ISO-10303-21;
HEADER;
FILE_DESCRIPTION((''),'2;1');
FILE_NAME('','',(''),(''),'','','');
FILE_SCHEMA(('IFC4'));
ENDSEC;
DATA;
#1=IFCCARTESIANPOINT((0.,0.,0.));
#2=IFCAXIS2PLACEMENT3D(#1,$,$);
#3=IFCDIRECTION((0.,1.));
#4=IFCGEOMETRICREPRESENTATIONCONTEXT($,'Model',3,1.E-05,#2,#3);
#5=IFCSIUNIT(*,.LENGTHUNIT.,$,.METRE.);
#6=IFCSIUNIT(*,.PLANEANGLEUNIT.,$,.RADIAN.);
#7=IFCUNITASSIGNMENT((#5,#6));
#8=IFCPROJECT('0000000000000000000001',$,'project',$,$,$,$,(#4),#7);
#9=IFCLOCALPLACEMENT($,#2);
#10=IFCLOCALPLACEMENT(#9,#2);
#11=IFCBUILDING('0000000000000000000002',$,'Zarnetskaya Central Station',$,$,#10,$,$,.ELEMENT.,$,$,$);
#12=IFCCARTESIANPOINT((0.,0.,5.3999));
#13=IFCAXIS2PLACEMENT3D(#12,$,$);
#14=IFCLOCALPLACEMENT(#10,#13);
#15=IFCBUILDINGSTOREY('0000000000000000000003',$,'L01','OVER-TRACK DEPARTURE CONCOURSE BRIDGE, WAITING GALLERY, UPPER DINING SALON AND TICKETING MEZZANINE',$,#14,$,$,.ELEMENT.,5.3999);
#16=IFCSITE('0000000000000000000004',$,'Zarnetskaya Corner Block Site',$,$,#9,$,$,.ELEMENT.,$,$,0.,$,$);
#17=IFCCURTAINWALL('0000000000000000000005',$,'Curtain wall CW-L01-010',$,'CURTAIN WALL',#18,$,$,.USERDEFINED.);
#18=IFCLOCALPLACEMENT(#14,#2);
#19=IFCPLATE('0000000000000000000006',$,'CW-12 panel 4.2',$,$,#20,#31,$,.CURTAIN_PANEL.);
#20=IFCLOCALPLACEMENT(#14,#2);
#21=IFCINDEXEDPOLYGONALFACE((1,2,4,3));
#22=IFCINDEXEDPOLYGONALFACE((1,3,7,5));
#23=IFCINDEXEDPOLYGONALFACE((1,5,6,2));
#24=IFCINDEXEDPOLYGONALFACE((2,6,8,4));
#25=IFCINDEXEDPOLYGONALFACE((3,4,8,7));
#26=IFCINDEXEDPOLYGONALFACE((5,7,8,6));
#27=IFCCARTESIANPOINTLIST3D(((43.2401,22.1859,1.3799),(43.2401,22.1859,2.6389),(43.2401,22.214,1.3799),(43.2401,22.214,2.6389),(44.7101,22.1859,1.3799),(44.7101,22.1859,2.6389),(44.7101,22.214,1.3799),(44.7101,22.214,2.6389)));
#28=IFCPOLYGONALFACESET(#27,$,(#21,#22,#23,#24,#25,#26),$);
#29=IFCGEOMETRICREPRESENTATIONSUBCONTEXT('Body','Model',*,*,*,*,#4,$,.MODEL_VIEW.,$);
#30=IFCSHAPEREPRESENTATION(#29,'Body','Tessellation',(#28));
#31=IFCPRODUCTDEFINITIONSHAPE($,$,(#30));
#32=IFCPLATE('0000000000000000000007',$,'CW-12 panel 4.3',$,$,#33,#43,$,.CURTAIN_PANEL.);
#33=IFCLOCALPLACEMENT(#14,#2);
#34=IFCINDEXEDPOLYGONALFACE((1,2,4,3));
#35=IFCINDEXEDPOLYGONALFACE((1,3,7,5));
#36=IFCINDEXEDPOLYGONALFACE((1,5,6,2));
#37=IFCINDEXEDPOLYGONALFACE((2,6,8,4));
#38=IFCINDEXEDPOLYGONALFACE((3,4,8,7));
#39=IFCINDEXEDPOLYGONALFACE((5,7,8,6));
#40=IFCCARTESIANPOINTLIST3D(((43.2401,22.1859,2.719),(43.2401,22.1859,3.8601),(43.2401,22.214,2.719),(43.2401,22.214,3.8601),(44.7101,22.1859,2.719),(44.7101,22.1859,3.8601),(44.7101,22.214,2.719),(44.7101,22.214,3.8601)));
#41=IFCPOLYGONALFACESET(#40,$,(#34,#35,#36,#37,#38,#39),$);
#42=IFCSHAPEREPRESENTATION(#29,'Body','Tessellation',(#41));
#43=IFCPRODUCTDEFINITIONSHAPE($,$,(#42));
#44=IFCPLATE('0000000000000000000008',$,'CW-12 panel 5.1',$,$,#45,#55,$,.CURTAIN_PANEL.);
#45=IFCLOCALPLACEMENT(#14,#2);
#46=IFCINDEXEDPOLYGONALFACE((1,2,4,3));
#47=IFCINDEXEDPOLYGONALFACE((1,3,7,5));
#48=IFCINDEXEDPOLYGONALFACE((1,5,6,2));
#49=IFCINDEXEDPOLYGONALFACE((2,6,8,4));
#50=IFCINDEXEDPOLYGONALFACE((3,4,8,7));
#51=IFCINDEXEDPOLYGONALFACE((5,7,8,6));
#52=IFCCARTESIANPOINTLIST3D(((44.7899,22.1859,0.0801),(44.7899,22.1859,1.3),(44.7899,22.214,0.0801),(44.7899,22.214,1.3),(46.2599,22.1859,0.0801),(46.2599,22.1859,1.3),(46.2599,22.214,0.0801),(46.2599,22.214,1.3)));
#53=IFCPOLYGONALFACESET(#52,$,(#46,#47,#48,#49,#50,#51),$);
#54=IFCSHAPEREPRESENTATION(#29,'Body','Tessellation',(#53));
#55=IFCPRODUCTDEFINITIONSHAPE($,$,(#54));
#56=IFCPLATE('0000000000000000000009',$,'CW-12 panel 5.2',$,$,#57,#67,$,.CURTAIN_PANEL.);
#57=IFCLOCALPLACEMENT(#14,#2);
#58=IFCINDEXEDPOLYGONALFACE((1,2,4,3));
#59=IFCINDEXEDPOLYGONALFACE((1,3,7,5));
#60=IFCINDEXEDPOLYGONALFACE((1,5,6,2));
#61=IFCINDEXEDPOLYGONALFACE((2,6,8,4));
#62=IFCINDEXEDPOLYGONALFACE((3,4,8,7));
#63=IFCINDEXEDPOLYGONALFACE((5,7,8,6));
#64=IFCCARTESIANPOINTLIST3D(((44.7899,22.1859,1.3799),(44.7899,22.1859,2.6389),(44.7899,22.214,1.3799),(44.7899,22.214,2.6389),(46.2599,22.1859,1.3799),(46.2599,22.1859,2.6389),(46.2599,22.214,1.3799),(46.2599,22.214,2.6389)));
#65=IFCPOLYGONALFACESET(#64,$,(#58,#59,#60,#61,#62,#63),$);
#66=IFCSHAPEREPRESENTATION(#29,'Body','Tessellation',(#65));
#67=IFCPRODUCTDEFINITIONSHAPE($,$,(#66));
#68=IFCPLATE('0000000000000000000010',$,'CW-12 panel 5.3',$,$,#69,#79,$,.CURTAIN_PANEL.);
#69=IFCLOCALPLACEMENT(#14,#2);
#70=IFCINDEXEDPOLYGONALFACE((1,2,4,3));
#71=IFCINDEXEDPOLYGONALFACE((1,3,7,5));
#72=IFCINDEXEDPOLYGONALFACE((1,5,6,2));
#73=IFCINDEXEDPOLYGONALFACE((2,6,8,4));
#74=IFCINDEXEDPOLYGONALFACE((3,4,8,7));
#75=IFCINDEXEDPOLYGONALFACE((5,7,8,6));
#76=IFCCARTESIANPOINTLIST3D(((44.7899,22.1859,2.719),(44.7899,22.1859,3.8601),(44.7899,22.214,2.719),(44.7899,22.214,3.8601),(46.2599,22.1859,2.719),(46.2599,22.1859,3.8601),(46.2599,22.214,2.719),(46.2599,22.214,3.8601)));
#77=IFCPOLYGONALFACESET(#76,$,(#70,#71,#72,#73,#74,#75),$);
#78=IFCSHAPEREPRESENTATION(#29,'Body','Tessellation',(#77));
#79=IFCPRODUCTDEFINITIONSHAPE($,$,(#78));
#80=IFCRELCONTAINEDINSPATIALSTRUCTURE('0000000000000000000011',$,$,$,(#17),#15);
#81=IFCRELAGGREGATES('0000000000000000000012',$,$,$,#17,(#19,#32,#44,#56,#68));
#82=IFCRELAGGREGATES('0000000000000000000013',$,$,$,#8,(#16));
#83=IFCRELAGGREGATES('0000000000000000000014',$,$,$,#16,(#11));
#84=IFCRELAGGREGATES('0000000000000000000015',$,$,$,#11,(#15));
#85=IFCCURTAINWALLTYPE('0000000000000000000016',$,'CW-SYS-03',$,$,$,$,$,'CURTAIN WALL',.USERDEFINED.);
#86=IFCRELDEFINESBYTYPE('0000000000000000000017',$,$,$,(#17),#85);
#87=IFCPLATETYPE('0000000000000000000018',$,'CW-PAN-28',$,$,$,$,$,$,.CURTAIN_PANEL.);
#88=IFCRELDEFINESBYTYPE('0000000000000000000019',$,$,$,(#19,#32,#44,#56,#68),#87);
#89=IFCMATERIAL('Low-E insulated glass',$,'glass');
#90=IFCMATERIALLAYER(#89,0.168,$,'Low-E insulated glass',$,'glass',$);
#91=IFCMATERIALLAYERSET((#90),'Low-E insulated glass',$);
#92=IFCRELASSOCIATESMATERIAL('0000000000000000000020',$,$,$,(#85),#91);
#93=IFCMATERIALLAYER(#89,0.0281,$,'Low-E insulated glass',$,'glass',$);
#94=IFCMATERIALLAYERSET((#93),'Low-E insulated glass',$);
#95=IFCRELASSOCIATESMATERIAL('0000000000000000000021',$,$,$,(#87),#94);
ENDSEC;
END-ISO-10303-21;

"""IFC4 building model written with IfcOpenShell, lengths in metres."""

from ifc_helpers import new_model, si_unit, direction, frame, origin, origin_2d, place, context, subcontext, project, spatial, rectangle, extrude, material, layer, layer_set, type_object, element, aggregate, save


model = new_model("IFC4")

# Units and contexts
model_context = context("Model", 3, precision=1e-05, world=origin(), true_north=direction((0.0, 1.0)))
body_context = subcontext(model_context, "Body", "Model", "MODEL_VIEW")
ifc_project = project(units=[si_unit("LENGTHUNIT", "METRE"), si_unit("PLANEANGLEUNIT", "RADIAN")], contexts=[model_context])

# Site, building, storey
site_placement = place(None, origin())
site = spatial("IfcSite", under=ifc_project, at=site_placement, Name="Zarnetskaya Corner Block Site", CompositionType="ELEMENT", RefElevation=0.0)
building_placement = place(site_placement, origin())
building = spatial("IfcBuilding", under=site, at=building_placement, Name="Zarnetskaya Central Station", CompositionType="ELEMENT")
storey_placement = place(building_placement, frame((0.0, 0.0, 5.3999)))
storey = spatial("IfcBuildingStorey", under=building, at=storey_placement, Name="L01", Description="OVER-TRACK DEPARTURE CONCOURSE BRIDGE, WAITING GALLERY, UPPER DINING SALON AND TICKETING MEZZANINE", CompositionType="ELEMENT", Elevation=5.3999)

# Curtain wall, plates
ifc_material_1 = material(Name="Low-E insulated glass", Category="glass")
ifc_layer_1 = layer(ifc_material_1, 0.168, Name="Low-E insulated glass", Category="glass")
ifc_layer_set_1 = layer_set([ifc_layer_1], Name="Low-E insulated glass")
curtain_wall_type = type_object("IfcCurtainWallType", Name="CW-SYS-03", ElementType="CURTAIN WALL", PredefinedType="USERDEFINED", material=ifc_layer_set_1)
curtain_wall_placement = place(storey_placement, origin())
curtain_wall = element("IfcCurtainWall", 1, at=curtain_wall_placement, inside=storey, type_object=curtain_wall_type, Name="Curtain wall CW-L01-010", ObjectType="CURTAIN WALL", PredefinedType="USERDEFINED")
ifc_layer_2 = layer(ifc_material_1, 0.0281, Name="Low-E insulated glass", Category="glass")
ifc_layer_set_2 = layer_set([ifc_layer_2], Name="Low-E insulated glass")
plate_type = type_object("IfcPlateType", Name="CW-PAN-28", PredefinedType="CURTAIN_PANEL", material=ifc_layer_set_2)
plate_1_placement = place(storey_placement, frame((43.9751, 22.2, 1.3799), z_axis=(0.0, 0.0, 1.0), x_axis=(1.0, 0.0, 0.0)))
plate_1 = element("IfcPlate", 2, at=plate_1_placement, type_object=plate_type, Name="CW-12 panel 4.2", PredefinedType="CURTAIN_PANEL", context=body_context, shape_type="SweptSolid", body=[
    extrude(rectangle(XDim=1.47, YDim=0.0281, at=origin_2d()), origin(), (0.0, 0.0, 1.0), 1.259),
])
plate_2_placement = place(storey_placement, frame((43.9751, 22.2, 2.719), z_axis=(0.0, 0.0, 1.0), x_axis=(1.0, 0.0, 0.0)))
plate_2 = element("IfcPlate", 3, at=plate_2_placement, type_object=plate_type, Name="CW-12 panel 4.3", PredefinedType="CURTAIN_PANEL", context=body_context, shape_type="SweptSolid", body=[
    extrude(rectangle(XDim=1.47, YDim=0.0281, at=origin_2d()), origin(), (0.0, 0.0, 1.0), 1.1411),
])
plate_3_placement = place(storey_placement, frame((45.5249, 22.2, 0.0801), z_axis=(0.0, 0.0, 1.0), x_axis=(1.0, 0.0, 0.0)))
plate_3 = element("IfcPlate", 4, at=plate_3_placement, type_object=plate_type, Name="CW-12 panel 5.1", PredefinedType="CURTAIN_PANEL", context=body_context, shape_type="SweptSolid", body=[
    extrude(rectangle(XDim=1.47, YDim=0.0281, at=origin_2d()), origin(), (0.0, 0.0, 1.0), 1.22),
])
plate_4_placement = place(storey_placement, frame((45.5249, 22.2, 1.3799), z_axis=(0.0, 0.0, 1.0), x_axis=(1.0, 0.0, 0.0)))
plate_4 = element("IfcPlate", 5, at=plate_4_placement, type_object=plate_type, Name="CW-12 panel 5.2", PredefinedType="CURTAIN_PANEL", context=body_context, shape_type="SweptSolid", body=[
    extrude(rectangle(XDim=1.47, YDim=0.0281, at=origin_2d()), origin(), (0.0, 0.0, 1.0), 1.259),
])
plate_5_placement = place(storey_placement, frame((45.5249, 22.2, 2.719), z_axis=(0.0, 0.0, 1.0), x_axis=(1.0, 0.0, 0.0)))
plate_5 = element("IfcPlate", 6, at=plate_5_placement, type_object=plate_type, Name="CW-12 panel 5.3", PredefinedType="CURTAIN_PANEL", context=body_context, shape_type="SweptSolid", body=[
    extrude(rectangle(XDim=1.47, YDim=0.0281, at=origin_2d()), origin(), (0.0, 0.0, 1.0), 1.1411),
])
aggregate(curtain_wall, [plate_1, plate_2, plate_3, plate_4, plate_5])

save(model, "model.ifc")
